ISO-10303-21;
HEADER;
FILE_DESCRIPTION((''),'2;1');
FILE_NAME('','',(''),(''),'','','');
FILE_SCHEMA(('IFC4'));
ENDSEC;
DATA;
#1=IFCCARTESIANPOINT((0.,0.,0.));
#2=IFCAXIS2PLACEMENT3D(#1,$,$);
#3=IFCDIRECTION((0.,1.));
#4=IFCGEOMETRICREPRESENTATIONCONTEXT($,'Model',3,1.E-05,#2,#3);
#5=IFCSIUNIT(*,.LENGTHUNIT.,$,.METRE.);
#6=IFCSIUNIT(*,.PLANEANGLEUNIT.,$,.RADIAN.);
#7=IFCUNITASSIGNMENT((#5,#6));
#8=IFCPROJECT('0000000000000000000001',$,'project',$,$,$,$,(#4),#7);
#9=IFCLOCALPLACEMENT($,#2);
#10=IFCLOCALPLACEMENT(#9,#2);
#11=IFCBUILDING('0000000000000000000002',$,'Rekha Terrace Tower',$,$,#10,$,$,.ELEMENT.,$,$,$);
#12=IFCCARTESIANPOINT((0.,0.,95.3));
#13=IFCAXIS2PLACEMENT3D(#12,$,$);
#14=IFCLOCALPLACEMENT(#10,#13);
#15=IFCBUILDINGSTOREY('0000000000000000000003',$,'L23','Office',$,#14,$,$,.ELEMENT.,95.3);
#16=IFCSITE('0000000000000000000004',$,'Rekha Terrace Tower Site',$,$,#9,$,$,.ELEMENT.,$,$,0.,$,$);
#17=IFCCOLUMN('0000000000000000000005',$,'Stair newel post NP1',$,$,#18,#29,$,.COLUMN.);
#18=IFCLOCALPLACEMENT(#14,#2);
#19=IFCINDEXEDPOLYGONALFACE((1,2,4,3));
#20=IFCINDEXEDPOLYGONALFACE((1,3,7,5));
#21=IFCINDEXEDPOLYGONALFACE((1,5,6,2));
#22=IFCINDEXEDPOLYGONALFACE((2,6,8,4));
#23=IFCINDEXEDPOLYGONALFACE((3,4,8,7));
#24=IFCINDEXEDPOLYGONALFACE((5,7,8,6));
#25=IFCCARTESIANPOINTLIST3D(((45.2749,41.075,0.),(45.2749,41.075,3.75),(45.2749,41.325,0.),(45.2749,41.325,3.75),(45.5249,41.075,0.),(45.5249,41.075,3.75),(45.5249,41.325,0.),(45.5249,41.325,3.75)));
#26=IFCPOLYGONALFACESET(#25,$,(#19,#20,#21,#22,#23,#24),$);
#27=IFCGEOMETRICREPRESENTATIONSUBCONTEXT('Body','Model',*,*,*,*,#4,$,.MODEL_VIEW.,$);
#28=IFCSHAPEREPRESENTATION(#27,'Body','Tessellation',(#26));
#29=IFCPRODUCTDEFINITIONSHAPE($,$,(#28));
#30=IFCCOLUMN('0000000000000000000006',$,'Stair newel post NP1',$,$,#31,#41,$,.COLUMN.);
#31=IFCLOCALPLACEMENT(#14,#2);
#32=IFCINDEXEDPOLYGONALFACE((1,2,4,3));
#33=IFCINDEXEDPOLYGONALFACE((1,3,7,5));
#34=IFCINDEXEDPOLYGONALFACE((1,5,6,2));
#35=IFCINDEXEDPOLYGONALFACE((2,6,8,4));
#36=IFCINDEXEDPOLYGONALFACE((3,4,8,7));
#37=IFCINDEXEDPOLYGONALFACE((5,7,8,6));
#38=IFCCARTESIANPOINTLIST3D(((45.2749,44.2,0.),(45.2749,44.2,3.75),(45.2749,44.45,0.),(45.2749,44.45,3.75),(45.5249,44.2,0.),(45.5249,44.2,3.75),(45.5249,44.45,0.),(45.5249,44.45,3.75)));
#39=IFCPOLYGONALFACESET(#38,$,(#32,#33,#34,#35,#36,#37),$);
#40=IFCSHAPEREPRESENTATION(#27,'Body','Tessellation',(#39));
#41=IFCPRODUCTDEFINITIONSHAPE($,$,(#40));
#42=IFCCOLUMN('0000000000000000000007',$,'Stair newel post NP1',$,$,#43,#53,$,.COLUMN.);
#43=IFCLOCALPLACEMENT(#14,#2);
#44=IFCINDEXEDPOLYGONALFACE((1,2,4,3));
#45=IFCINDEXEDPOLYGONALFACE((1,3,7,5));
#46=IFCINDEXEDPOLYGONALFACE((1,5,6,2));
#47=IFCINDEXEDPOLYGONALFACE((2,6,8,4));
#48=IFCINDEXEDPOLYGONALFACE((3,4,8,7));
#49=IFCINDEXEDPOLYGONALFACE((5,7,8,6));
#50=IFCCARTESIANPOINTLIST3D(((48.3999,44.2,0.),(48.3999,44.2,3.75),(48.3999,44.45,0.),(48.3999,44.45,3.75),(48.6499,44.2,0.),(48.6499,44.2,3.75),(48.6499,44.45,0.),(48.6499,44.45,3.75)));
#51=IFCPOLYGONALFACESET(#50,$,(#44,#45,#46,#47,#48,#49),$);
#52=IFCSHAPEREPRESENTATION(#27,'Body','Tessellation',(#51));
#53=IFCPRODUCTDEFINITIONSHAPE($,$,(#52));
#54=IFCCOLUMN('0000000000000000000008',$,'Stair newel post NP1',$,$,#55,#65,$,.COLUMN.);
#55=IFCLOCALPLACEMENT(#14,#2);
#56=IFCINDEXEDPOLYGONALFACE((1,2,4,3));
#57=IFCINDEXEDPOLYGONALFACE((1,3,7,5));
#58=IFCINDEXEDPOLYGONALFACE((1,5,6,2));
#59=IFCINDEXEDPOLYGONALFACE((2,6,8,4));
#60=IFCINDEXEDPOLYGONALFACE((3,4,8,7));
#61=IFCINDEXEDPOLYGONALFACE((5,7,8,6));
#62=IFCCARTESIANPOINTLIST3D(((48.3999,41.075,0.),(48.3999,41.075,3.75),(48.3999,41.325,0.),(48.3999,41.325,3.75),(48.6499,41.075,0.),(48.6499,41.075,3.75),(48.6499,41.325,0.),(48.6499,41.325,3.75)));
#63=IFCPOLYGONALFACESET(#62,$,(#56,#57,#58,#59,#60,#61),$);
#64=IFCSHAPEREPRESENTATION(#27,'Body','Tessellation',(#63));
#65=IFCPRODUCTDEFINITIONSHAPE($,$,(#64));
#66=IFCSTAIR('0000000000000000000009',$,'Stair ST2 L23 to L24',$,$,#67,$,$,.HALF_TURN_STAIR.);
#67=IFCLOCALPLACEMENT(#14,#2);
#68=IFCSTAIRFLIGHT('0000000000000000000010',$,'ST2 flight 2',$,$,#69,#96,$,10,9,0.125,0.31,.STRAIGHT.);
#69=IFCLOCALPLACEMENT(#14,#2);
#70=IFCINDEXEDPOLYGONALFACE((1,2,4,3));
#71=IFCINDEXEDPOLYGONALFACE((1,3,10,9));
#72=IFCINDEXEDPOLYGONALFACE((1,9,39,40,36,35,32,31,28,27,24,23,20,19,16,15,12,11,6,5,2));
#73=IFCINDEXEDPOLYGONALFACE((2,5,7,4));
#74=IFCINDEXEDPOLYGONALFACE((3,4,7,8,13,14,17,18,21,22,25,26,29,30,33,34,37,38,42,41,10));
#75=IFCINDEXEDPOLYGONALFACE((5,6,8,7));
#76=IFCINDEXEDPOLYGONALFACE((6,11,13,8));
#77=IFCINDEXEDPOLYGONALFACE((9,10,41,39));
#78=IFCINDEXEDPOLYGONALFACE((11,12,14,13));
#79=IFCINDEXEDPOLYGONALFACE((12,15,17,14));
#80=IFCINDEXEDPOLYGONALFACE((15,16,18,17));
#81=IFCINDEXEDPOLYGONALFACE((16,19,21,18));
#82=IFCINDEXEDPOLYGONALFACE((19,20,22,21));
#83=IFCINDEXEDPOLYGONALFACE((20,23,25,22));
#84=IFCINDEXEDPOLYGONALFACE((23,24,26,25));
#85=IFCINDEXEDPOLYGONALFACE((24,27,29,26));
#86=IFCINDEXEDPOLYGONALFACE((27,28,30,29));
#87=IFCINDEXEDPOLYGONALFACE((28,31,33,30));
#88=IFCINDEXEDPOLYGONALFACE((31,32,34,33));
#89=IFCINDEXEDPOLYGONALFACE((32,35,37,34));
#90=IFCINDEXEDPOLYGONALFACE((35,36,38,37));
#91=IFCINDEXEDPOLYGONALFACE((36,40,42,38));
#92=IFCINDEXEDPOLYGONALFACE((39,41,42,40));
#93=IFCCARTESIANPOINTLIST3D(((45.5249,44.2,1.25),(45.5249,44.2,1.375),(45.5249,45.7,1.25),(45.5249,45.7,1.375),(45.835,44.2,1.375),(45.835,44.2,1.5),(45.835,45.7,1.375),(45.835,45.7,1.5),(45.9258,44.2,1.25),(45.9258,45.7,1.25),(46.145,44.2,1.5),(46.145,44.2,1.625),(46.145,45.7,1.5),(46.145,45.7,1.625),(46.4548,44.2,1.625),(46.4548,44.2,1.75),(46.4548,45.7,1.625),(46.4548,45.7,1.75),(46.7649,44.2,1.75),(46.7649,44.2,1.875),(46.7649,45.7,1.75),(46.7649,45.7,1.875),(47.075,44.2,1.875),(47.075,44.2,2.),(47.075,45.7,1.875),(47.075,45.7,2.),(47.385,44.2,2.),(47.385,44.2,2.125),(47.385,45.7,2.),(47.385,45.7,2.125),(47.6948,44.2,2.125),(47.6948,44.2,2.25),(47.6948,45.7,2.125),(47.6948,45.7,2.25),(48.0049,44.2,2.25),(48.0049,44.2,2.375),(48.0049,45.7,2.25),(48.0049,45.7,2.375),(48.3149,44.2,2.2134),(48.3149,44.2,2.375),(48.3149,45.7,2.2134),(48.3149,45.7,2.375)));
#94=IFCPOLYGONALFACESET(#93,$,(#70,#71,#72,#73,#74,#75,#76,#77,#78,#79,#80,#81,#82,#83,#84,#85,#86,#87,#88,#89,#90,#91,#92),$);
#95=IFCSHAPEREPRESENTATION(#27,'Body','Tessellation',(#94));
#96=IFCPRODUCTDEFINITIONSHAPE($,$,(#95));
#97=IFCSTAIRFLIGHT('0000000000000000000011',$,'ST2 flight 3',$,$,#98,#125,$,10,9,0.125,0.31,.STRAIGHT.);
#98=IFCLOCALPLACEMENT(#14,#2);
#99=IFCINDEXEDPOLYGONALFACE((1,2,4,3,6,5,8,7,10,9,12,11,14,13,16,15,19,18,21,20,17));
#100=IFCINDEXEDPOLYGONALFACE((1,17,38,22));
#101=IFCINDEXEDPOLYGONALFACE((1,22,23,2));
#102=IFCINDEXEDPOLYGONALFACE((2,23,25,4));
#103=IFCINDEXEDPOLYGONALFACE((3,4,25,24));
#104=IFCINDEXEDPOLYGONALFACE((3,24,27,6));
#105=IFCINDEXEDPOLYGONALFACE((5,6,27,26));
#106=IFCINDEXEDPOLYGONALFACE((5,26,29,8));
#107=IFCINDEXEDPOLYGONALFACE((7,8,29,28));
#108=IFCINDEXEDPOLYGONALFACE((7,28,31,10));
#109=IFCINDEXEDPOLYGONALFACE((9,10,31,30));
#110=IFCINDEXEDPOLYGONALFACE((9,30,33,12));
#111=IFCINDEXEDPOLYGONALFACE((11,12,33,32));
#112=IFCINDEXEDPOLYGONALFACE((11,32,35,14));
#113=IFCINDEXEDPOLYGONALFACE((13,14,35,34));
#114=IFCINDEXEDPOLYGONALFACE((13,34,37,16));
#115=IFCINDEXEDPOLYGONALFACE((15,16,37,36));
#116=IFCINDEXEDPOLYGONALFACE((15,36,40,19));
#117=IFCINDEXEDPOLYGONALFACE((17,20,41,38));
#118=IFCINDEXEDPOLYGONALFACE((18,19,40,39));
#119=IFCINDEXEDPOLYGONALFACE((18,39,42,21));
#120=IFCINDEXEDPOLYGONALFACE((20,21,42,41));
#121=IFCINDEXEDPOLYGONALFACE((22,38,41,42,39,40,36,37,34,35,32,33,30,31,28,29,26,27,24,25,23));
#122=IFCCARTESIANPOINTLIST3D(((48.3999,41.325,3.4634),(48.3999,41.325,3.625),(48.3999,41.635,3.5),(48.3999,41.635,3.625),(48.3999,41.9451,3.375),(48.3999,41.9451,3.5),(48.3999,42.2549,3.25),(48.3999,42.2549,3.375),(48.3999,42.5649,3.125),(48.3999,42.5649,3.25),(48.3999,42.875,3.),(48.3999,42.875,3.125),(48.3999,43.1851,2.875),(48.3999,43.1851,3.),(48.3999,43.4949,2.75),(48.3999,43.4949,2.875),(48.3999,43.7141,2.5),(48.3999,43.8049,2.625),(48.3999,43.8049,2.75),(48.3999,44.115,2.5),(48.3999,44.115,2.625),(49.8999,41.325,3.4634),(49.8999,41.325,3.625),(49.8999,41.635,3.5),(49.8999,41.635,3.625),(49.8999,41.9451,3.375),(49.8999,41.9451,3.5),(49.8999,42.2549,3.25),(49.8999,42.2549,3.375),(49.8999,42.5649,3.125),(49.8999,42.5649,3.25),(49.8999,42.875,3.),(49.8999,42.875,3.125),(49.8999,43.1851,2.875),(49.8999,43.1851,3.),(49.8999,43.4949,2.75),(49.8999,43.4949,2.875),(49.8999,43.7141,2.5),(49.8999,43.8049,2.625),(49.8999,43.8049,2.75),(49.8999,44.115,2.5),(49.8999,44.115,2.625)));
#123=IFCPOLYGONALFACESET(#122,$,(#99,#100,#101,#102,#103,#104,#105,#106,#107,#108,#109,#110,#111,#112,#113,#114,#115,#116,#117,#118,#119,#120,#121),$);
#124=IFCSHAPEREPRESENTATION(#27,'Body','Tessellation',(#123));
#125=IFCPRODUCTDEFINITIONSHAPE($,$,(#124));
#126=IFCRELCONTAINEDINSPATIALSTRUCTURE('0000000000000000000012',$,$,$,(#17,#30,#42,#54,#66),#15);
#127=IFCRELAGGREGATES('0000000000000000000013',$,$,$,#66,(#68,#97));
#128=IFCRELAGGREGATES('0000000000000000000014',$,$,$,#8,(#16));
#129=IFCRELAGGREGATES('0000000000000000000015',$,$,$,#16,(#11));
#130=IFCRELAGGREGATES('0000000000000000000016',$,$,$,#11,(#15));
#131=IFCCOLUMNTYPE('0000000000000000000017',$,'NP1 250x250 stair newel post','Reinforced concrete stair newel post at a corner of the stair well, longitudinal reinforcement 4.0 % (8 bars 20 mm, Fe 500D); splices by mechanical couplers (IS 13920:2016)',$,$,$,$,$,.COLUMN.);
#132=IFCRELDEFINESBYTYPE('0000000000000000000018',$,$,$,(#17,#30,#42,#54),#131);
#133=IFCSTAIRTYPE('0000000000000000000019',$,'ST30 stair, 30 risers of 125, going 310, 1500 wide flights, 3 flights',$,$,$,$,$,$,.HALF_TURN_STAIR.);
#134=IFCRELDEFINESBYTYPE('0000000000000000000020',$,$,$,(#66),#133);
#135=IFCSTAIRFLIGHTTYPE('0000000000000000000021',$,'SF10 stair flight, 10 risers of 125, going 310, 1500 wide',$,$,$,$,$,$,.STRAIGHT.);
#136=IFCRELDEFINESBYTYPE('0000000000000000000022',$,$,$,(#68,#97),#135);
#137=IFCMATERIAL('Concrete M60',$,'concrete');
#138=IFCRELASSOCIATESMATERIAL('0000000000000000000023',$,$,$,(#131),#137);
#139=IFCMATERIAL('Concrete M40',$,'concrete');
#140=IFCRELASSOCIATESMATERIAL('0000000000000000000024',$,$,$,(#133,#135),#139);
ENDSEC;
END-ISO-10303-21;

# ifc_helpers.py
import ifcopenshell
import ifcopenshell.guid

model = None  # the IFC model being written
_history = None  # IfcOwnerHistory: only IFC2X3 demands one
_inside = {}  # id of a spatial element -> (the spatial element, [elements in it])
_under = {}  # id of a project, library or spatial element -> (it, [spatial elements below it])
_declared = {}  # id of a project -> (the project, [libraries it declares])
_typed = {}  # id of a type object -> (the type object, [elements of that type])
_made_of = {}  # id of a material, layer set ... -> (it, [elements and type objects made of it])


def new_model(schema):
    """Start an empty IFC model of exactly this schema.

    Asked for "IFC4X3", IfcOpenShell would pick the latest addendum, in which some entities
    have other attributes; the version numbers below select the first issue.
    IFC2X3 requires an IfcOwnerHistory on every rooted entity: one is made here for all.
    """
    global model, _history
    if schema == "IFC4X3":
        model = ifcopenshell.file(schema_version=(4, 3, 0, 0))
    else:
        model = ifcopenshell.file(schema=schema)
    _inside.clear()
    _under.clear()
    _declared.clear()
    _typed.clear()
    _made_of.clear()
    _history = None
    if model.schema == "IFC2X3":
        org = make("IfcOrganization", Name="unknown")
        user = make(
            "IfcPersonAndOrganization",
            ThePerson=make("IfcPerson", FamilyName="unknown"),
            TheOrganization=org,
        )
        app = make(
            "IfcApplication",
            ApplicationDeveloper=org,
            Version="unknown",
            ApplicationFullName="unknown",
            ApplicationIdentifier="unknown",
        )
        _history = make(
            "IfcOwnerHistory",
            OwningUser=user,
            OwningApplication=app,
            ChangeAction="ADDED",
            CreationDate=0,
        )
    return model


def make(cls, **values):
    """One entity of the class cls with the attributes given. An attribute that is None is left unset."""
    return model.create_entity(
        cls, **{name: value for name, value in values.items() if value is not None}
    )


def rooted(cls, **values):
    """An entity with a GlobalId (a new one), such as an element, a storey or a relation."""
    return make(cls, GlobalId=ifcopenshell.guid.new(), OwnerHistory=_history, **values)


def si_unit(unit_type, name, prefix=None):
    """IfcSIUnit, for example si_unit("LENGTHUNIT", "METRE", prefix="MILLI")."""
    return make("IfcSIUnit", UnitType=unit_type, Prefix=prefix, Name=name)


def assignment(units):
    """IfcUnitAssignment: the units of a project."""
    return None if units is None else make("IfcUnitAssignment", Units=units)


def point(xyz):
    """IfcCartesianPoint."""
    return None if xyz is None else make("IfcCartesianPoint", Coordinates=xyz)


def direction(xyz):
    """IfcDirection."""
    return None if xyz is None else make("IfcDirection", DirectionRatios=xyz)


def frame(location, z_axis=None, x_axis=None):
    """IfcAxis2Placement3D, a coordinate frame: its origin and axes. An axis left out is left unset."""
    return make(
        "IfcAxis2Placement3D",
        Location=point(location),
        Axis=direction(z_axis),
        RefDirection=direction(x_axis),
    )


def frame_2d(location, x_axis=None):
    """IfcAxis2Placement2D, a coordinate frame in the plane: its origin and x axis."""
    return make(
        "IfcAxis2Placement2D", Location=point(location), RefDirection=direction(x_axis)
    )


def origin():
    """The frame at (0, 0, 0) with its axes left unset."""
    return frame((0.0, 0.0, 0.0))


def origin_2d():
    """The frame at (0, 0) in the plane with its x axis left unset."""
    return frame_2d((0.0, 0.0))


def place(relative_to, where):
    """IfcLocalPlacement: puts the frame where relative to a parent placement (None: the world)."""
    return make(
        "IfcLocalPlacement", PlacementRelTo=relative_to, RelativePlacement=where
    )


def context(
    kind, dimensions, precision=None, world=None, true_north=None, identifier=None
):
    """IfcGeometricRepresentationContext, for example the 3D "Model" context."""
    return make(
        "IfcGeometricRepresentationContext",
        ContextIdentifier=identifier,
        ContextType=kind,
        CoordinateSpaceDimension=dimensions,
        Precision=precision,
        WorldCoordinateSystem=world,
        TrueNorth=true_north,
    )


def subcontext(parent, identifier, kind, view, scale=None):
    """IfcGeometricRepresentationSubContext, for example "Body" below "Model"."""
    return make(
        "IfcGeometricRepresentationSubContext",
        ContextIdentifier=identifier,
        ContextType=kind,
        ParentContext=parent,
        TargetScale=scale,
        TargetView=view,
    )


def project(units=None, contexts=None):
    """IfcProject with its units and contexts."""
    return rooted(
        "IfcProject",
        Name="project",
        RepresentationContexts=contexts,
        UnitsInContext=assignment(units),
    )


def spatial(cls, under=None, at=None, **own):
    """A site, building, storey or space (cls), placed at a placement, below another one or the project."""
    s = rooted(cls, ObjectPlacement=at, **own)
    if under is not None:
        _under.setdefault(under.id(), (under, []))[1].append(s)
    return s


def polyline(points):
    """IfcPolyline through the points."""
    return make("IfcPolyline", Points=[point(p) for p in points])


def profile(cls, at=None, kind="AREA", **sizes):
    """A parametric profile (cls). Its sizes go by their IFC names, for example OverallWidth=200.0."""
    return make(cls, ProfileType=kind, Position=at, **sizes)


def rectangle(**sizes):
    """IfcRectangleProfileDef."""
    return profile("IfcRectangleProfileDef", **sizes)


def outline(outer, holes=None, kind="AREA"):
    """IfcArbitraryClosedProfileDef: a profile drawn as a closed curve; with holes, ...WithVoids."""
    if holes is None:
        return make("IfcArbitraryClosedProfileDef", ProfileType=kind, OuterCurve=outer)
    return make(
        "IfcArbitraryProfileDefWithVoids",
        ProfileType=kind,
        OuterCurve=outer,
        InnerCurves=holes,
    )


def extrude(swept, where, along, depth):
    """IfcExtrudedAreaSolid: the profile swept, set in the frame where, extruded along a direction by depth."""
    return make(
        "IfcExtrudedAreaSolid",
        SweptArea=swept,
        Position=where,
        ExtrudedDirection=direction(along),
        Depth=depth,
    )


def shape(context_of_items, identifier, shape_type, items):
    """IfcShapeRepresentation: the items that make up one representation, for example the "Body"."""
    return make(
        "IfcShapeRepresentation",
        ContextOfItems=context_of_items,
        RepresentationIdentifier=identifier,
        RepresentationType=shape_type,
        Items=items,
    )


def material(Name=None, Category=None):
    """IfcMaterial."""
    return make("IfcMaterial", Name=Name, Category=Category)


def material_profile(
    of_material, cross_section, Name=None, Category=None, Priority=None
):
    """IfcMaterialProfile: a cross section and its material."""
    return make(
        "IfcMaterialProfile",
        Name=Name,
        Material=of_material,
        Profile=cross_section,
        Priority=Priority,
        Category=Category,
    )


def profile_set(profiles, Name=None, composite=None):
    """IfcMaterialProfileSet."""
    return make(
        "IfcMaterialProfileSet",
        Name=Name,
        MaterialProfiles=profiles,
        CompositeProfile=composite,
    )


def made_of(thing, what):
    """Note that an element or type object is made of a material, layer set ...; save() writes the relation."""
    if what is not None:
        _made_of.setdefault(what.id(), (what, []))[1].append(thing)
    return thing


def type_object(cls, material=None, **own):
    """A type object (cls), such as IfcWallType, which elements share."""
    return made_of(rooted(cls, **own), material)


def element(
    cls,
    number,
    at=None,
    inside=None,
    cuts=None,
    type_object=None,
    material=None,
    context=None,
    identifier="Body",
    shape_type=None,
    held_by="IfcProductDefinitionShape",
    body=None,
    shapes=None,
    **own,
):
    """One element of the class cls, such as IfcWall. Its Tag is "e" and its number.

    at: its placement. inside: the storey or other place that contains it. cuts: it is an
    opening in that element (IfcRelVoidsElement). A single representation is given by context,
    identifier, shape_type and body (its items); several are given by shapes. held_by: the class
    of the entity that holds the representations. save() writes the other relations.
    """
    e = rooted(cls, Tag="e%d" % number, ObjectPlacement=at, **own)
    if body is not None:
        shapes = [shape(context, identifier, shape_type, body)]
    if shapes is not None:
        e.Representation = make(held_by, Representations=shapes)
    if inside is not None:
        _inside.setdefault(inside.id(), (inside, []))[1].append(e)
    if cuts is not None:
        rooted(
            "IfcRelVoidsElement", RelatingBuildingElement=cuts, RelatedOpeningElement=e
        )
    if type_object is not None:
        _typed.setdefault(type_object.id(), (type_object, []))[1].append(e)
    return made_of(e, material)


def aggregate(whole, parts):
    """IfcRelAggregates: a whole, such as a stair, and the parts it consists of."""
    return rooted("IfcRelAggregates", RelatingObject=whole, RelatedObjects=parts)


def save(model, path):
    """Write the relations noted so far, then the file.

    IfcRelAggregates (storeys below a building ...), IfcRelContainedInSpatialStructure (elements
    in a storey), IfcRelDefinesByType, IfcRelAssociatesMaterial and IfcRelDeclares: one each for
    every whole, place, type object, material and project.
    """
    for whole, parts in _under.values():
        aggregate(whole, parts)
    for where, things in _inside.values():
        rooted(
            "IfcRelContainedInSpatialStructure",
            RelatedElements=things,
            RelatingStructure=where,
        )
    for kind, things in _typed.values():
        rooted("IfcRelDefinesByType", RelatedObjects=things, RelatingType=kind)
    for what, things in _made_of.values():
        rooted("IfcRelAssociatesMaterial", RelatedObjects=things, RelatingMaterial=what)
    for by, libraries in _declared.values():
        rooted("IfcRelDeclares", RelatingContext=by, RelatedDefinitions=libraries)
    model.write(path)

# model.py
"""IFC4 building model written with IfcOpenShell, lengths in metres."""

from ifc_helpers import new_model, si_unit, direction, frame, origin, origin_2d, place, context, subcontext, project, spatial, polyline, rectangle, outline, extrude, material, material_profile, profile_set, type_object, element, aggregate, save


model = new_model("IFC4")

# Units and contexts
model_context = context("Model", 3, precision=1e-05, world=origin(), true_north=direction((0.0, 1.0)))
body_context = subcontext(model_context, "Body", "Model", "MODEL_VIEW")
ifc_project = project(units=[si_unit("LENGTHUNIT", "METRE"), si_unit("PLANEANGLEUNIT", "RADIAN")], contexts=[model_context])

# Site, building, storey
site_placement = place(None, origin())
site = spatial("IfcSite", under=ifc_project, at=site_placement, Name="Rekha Terrace Tower Site", CompositionType="ELEMENT", RefElevation=0.0)
building_placement = place(site_placement, origin())
building = spatial("IfcBuilding", under=site, at=building_placement, Name="Rekha Terrace Tower", CompositionType="ELEMENT")
storey_placement = place(building_placement, frame((0.0, 0.0, 95.3)))
storey = spatial("IfcBuildingStorey", under=building, at=storey_placement, Name="L23", Description="Office", CompositionType="ELEMENT", Elevation=95.3)

# Columns
ifc_material_1 = material(Name="Concrete M60", Category="concrete")
ifc_material_profile = material_profile(ifc_material_1, rectangle(XDim=0.25, YDim=0.25, at=origin_2d()), Name="RC 250x250")
ifc_profile_set = profile_set([ifc_material_profile], Name="Concrete M60")
column_type = type_object("IfcColumnType", Name="NP1 250x250 stair newel post", Description="Reinforced concrete stair newel post at a corner of the stair well, longitudinal reinforcement 4.0 % (8 bars 20 mm, Fe 500D); splices by mechanical couplers (IS 13920:2016)", PredefinedType="COLUMN", material=ifc_profile_set)
for number, where, z_axis, x_axis, name in (
    (1, (45.3999, 41.2, 0.0), (0.0, 0.0, 1.0), (1.0, 0.0, 0.0), "Stair newel post NP1"),
    (2, (45.3999, 44.325, 0.0), (0.0, 0.0, 1.0), (1.0, 0.0, 0.0), "Stair newel post NP1"),
    (3, (48.5249, 44.325, 0.0), (0.0, 0.0, 1.0), (1.0, 0.0, 0.0), "Stair newel post NP1"),
    (4, (48.5249, 41.2, 0.0), (0.0, 0.0, 1.0), (1.0, 0.0, 0.0), "Stair newel post NP1"),
):
    element("IfcColumn", number, at=place(storey_placement, frame(where, z_axis=z_axis, x_axis=x_axis)), inside=storey, type_object=column_type, Name=name, PredefinedType="COLUMN", context=body_context, shape_type="SweptSolid", body=[
        extrude(rectangle(XDim=0.25, YDim=0.25, at=origin_2d()), origin(), (0.0, 0.0, 1.0), 3.75),
    ])

# Stair, stair flights
ifc_material_2 = material(Name="Concrete M40", Category="concrete")
stair_type = type_object("IfcStairType", Name="ST30 stair, 30 risers of 125, going 310, 1500 wide flights, 3 flights", PredefinedType="HALF_TURN_STAIR", material=ifc_material_2)
stair_placement = place(storey_placement, origin())
stair = element("IfcStair", 5, at=stair_placement, inside=storey, type_object=stair_type, Name="Stair ST2 L23 to L24", PredefinedType="HALF_TURN_STAIR")
stair_flight_type = type_object("IfcStairFlightType", Name="SF10 stair flight, 10 risers of 125, going 310, 1500 wide", PredefinedType="STRAIGHT", material=ifc_material_2)
stair_flight_1_placement = place(storey_placement, frame((45.5249, 44.95, 1.25), z_axis=(0.0, 0.0, 1.0), x_axis=(1.0, 0.0, 0.0)))
stair_flight_1 = element("IfcStairFlight", 6, at=stair_flight_1_placement, type_object=stair_flight_type, Name="ST2 flight 2", NumberOfRisers=10, NumberOfTreads=9, PredefinedType="STRAIGHT", RiserHeight=0.125, TreadLength=0.31, context=body_context, shape_type="SweptSolid", body=[
    extrude(outline(polyline([(0.0, 0.0), (0.0, 0.125), (0.3101, 0.125), (0.3101, 0.25), (0.6201, 0.25), (0.6201, 0.375), (0.9299, 0.375), (0.9299, 0.5), (1.24, 0.5), (1.24, 0.625), (1.55, 0.625), (1.55, 0.75), (1.8601, 0.75), (1.8601, 0.875), (2.1699, 0.875), (2.1699, 1.0), (2.48, 1.0), (2.48, 1.125), (2.79, 1.125), (2.79, 1.25), (2.79, 0.9634), (0.4009, 0.0), (0.0, 0.0)])), frame((0.0, 0.75, 0.0), z_axis=(0.0, -1.0, 0.0), x_axis=(1.0, 0.0, 0.0)), (0.0, 0.0, 1.0), 1.5),
])
stair_flight_2_placement = place(storey_placement, frame((49.1499, 44.115, 2.5), z_axis=(0.0, 0.0, 1.0), x_axis=(0.0, -1.0, 0.0)))
stair_flight_2 = element("IfcStairFlight", 7, at=stair_flight_2_placement, type_object=stair_flight_type, Name="ST2 flight 3", NumberOfRisers=10, NumberOfTreads=9, PredefinedType="STRAIGHT", RiserHeight=0.125, TreadLength=0.31, context=body_context, shape_type="SweptSolid", body=[
    extrude(outline(polyline([(0.0, 0.0), (0.0, 0.125), (0.3101, 0.125), (0.3101, 0.25), (0.6201, 0.25), (0.6201, 0.375), (0.9299, 0.375), (0.9299, 0.5), (1.24, 0.5), (1.24, 0.625), (1.55, 0.625), (1.55, 0.75), (1.8601, 0.75), (1.8601, 0.875), (2.1699, 0.875), (2.1699, 1.0), (2.48, 1.0), (2.48, 1.125), (2.79, 1.125), (2.79, 1.25), (2.79, 0.9634), (0.4009, 0.0), (0.0, 0.0)])), frame((0.0, 0.75, 0.0), z_axis=(0.0, -1.0, 0.0), x_axis=(1.0, 0.0, 0.0)), (0.0, 0.0, 1.0), 1.5),
])
aggregate(stair, [stair_flight_1, stair_flight_2])

save(model, "model.ifc")
